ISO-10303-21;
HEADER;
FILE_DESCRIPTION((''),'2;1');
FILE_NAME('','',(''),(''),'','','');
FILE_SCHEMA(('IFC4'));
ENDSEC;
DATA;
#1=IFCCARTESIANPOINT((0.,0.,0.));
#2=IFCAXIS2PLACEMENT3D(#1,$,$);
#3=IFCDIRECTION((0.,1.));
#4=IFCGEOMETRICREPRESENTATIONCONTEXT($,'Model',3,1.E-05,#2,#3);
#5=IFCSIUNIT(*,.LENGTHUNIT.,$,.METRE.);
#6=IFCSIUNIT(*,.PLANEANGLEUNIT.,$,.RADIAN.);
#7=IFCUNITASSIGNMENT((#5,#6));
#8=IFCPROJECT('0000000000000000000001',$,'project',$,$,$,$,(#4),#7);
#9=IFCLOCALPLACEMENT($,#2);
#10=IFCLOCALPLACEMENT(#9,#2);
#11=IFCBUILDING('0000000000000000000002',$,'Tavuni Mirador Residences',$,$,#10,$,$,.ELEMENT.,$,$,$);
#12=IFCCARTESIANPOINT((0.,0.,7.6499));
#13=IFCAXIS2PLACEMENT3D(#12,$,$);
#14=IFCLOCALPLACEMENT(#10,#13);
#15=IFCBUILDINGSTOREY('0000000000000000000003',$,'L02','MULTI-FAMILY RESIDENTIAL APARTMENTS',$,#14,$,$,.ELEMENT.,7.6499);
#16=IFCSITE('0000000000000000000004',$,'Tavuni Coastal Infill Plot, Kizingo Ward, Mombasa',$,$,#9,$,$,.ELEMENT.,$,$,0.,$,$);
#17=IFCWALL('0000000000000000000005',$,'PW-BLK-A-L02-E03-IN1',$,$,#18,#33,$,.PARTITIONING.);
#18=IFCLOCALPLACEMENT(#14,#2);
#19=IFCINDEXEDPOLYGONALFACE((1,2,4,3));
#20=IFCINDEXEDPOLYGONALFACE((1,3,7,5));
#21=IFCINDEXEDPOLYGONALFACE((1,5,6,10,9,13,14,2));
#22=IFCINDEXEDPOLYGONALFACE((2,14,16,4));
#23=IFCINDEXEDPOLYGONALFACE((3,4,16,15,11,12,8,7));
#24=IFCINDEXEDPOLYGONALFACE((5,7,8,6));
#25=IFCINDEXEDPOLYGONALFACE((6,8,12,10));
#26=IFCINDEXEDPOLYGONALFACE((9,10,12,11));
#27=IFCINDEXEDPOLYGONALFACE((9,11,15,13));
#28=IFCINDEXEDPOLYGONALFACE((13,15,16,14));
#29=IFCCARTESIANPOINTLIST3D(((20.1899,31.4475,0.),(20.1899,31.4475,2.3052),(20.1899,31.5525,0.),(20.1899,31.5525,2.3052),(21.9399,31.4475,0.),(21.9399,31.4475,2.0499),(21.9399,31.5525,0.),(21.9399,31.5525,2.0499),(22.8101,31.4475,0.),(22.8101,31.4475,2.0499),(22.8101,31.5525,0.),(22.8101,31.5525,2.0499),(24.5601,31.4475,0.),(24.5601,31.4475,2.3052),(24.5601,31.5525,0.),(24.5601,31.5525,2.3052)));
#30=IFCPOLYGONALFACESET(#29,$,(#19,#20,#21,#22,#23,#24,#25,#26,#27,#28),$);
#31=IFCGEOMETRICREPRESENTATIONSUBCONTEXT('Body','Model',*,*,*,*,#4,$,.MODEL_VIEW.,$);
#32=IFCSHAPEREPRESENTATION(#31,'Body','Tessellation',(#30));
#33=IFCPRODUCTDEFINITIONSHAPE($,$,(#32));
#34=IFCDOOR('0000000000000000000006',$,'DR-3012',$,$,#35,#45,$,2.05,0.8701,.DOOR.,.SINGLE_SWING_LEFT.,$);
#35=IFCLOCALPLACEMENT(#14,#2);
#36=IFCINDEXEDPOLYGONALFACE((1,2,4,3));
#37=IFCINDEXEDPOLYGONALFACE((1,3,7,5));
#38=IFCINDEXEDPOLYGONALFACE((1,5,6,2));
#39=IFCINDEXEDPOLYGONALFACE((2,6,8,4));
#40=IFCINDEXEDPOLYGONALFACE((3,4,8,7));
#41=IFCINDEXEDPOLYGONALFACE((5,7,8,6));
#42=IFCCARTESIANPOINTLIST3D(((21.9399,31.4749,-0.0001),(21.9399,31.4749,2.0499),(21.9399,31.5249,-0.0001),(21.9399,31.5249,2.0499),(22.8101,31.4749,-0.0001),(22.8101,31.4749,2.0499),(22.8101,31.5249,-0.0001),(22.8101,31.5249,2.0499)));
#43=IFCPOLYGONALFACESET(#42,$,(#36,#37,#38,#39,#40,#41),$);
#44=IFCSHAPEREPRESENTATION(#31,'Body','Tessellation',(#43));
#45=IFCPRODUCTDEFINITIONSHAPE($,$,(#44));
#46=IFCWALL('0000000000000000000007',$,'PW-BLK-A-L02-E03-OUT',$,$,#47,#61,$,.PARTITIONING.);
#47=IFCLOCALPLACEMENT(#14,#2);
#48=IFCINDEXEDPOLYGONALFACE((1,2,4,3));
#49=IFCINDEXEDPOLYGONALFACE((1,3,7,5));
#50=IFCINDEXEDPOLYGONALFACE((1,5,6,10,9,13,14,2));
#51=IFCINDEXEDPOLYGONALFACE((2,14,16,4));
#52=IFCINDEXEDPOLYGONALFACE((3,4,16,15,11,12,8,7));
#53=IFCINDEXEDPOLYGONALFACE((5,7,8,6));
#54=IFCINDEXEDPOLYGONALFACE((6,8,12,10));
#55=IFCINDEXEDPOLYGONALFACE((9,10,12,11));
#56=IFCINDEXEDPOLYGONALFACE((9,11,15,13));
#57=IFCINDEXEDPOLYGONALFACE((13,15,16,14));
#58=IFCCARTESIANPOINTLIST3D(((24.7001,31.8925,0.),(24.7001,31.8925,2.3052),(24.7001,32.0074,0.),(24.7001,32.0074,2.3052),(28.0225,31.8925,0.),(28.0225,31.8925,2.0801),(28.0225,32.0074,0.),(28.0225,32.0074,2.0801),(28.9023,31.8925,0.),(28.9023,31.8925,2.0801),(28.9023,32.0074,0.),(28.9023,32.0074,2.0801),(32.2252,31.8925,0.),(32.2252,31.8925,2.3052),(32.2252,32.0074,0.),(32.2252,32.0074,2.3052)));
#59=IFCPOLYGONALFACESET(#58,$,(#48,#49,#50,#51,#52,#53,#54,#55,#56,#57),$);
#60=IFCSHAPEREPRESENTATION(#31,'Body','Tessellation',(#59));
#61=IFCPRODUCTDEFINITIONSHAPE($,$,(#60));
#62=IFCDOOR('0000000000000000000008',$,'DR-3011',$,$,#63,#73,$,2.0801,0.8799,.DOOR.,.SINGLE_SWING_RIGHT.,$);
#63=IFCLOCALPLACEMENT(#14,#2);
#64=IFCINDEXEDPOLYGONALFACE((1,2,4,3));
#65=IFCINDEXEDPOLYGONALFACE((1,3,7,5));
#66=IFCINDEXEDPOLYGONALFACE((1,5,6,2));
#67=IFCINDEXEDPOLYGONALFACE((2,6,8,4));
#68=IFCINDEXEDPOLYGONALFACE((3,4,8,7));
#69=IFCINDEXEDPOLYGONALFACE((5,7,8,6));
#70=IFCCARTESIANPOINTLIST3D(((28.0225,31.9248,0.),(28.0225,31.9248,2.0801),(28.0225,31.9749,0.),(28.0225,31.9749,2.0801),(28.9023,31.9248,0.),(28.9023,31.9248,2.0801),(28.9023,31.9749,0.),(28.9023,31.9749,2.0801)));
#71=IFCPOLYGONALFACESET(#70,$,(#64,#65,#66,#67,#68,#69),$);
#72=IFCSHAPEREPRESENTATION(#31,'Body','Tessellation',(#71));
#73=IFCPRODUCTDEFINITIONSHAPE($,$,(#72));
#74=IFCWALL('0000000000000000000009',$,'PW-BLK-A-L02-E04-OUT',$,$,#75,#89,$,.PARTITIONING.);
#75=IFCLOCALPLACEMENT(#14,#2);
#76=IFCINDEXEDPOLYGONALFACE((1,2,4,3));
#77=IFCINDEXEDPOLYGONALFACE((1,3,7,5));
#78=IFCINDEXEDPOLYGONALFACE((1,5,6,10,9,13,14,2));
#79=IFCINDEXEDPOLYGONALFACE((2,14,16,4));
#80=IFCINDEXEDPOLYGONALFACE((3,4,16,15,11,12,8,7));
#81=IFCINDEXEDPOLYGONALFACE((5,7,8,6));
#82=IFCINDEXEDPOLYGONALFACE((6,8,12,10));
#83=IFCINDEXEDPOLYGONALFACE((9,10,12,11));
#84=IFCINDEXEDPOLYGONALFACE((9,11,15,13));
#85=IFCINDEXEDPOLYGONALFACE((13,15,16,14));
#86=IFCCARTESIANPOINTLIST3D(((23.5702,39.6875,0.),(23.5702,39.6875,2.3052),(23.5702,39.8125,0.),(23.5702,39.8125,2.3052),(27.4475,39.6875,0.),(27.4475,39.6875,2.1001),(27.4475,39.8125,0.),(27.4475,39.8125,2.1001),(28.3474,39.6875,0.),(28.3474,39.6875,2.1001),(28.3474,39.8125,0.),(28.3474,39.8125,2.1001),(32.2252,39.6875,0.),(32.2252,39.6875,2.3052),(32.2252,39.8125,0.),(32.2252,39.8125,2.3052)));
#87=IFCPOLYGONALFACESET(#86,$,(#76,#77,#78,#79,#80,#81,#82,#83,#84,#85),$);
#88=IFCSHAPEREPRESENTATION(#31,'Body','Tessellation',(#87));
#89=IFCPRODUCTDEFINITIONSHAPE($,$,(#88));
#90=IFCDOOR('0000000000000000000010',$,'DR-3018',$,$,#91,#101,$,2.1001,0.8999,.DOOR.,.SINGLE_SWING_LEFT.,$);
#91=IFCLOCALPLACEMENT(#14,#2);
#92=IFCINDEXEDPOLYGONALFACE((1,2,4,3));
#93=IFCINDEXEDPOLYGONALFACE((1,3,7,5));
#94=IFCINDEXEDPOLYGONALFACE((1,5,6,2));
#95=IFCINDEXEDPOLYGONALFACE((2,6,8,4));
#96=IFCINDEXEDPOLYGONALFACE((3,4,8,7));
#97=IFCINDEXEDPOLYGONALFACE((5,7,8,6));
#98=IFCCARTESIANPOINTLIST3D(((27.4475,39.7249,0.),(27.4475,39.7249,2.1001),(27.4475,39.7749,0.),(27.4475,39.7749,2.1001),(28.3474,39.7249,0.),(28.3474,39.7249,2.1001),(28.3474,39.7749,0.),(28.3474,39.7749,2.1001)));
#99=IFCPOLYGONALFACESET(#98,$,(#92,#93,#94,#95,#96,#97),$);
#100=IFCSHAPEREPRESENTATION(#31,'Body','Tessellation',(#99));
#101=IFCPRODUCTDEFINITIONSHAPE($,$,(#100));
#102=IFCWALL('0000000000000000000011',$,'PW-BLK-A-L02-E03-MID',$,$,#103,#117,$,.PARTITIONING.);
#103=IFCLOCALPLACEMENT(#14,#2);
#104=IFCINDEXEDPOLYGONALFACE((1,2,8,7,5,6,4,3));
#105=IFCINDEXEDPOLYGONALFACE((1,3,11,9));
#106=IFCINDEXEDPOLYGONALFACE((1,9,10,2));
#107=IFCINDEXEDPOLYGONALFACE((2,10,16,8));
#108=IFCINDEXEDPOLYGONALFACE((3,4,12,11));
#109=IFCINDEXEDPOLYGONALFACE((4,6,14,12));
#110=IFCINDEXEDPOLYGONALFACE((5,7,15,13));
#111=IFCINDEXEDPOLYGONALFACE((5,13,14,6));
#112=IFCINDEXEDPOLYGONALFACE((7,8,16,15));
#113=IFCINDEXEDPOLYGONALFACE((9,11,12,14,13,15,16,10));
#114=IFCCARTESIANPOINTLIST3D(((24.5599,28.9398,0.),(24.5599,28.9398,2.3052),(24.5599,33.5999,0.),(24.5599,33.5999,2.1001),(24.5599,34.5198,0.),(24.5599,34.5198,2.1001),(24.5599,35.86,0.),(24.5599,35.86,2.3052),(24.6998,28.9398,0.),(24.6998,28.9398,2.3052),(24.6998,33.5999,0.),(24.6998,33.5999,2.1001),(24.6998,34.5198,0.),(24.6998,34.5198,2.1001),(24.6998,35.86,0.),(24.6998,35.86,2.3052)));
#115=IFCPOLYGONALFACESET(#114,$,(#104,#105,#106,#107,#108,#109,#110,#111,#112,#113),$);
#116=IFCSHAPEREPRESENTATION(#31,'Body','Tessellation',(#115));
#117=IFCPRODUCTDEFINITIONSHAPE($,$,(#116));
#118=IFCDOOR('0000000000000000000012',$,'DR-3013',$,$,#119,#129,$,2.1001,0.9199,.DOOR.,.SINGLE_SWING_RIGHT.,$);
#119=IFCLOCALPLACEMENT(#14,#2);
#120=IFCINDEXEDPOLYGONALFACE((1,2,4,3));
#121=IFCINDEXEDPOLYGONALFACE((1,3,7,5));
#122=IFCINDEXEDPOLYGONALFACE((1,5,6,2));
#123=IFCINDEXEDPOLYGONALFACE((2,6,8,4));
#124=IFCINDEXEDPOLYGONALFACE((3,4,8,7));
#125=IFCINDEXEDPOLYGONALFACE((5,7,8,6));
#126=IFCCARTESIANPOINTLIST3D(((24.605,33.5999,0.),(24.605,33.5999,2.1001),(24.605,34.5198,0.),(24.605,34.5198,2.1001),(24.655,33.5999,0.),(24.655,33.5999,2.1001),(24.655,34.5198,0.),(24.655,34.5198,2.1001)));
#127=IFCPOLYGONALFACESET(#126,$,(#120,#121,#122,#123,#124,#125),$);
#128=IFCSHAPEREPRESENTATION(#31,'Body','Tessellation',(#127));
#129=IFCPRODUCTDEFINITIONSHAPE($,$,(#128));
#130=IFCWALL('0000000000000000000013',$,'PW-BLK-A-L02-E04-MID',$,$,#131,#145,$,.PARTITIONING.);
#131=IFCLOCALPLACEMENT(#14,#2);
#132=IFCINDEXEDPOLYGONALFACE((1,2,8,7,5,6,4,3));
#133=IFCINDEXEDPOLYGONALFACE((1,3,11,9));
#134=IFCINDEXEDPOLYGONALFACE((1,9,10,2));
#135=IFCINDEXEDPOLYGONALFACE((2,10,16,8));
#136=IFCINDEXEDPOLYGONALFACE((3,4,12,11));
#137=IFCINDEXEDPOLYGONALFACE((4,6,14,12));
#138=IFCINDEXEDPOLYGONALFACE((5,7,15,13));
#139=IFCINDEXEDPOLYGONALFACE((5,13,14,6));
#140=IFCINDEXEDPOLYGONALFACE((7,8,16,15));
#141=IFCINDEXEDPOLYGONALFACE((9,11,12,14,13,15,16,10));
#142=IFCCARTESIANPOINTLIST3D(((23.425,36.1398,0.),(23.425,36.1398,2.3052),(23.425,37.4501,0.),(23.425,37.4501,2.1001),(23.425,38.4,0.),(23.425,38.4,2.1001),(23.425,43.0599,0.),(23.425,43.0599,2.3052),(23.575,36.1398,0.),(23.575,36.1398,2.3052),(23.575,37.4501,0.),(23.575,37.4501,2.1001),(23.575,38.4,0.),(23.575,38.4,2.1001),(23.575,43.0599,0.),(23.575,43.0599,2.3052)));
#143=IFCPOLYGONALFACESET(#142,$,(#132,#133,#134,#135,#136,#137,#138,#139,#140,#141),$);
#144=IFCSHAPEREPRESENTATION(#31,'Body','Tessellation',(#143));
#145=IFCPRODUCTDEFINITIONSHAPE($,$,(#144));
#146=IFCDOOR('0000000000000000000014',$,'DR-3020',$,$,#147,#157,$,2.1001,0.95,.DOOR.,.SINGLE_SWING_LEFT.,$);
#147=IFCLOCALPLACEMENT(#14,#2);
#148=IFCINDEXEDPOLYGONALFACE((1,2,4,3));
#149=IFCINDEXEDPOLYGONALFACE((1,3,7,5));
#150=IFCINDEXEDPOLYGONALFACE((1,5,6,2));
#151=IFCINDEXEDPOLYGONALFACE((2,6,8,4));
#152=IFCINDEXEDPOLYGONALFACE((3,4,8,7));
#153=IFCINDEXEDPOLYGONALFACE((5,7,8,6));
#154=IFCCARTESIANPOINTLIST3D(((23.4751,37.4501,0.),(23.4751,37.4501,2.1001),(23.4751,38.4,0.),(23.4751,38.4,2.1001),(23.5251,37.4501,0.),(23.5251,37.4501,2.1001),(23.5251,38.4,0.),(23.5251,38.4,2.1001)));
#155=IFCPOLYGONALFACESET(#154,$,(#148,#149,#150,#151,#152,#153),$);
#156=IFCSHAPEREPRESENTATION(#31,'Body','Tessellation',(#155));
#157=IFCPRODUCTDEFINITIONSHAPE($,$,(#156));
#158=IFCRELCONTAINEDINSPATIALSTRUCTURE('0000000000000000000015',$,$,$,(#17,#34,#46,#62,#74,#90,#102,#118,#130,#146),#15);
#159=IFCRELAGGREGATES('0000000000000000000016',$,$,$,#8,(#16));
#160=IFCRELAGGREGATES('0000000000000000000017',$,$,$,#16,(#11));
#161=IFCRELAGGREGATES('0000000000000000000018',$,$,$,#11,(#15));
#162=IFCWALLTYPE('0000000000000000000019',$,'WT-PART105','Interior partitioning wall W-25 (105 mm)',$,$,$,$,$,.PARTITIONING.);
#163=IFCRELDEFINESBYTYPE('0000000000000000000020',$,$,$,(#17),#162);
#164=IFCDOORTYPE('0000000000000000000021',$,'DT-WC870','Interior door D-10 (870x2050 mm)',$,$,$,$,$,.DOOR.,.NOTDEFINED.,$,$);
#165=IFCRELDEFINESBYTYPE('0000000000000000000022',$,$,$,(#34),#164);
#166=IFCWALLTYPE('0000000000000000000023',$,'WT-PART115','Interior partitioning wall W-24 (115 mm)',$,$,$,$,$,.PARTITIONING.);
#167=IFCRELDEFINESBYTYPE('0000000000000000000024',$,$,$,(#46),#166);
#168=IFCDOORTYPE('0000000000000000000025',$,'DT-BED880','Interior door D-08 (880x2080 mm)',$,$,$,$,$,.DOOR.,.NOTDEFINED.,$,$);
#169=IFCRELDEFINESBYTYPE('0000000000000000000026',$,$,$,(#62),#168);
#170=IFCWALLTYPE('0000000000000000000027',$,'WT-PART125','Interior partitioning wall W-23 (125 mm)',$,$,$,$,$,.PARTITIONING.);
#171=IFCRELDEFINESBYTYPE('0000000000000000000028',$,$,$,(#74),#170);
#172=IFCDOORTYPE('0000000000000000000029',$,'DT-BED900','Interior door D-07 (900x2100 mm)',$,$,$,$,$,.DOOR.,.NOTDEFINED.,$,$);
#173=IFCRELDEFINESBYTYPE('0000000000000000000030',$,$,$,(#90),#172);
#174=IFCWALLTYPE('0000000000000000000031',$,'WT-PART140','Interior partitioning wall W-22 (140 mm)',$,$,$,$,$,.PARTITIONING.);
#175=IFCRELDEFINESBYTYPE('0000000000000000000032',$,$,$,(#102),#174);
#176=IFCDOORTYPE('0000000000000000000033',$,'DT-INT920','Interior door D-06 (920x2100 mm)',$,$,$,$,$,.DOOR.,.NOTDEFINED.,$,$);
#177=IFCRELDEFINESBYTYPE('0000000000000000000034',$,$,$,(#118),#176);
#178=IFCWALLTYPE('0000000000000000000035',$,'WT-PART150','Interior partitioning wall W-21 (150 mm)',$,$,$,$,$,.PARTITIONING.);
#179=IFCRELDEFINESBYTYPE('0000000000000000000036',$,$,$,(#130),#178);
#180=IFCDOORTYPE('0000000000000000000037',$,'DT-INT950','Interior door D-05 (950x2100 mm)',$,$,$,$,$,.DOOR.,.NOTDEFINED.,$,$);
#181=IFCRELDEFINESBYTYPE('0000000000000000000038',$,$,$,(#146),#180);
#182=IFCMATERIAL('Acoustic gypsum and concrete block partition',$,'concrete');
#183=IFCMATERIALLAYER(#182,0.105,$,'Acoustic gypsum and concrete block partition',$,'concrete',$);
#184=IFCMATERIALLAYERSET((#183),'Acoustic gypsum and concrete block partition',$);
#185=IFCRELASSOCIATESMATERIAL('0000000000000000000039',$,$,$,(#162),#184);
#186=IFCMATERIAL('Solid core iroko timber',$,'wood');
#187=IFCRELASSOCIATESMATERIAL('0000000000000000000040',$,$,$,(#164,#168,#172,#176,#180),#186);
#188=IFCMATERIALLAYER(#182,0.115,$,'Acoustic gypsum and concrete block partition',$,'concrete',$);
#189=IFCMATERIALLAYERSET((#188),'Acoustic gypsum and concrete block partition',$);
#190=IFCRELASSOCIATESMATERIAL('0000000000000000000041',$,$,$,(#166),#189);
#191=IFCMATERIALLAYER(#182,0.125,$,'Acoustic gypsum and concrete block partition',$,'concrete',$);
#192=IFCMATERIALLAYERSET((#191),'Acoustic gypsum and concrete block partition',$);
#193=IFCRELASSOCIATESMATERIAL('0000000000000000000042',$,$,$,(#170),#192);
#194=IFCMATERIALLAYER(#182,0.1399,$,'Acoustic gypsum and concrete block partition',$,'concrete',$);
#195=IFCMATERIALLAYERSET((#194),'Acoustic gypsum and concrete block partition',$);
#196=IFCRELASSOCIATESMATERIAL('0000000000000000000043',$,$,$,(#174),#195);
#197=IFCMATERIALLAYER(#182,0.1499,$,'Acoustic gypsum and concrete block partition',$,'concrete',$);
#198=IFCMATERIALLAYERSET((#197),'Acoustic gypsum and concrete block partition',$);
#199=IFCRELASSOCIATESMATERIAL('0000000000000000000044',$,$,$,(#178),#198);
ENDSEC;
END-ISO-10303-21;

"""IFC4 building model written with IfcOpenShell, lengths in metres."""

from ifc_helpers import new_model, si_unit, direction, frame, frame_2d, origin, place, context, subcontext, project, spatial, rectangle, extrude, material, layer, layer_set, type_object, element, fill, save


model = new_model("IFC4")

# Units and contexts
model_context = context("Model", 3, precision=1e-05, world=origin(), true_north=direction((0.0, 1.0)))
body_context = subcontext(model_context, "Body", "Model", "MODEL_VIEW")
ifc_project = project(units=[si_unit("LENGTHUNIT", "METRE"), si_unit("PLANEANGLEUNIT", "RADIAN")], contexts=[model_context])

# Site, building, storey
site_placement = place(None, origin())
site = spatial("IfcSite", under=ifc_project, at=site_placement, Name="Tavuni Coastal Infill Plot, Kizingo Ward, Mombasa", CompositionType="ELEMENT", RefElevation=0.0)
building_placement = place(site_placement, origin())
building = spatial("IfcBuilding", under=site, at=building_placement, Name="Tavuni Mirador Residences", CompositionType="ELEMENT")
storey_placement = place(building_placement, frame((0.0, 0.0, 7.6499)))
storey = spatial("IfcBuildingStorey", under=building, at=storey_placement, Name="L02", Description="MULTI-FAMILY RESIDENTIAL APARTMENTS", CompositionType="ELEMENT", Elevation=7.6499)

# Walls, openings, doors
ifc_material_1 = material(Name="Solid core iroko timber", Category="wood")
ifc_material_2 = material(Name="Acoustic gypsum and concrete block partition", Category="concrete")
ifc_layer_1 = layer(ifc_material_2, 0.105, Name="Acoustic gypsum and concrete block partition", Category="concrete")
ifc_layer_set_1 = layer_set([ifc_layer_1], Name="Acoustic gypsum and concrete block partition")
wall_type_1 = type_object("IfcWallType", Name="WT-PART105", Description="Interior partitioning wall W-25 (105 mm)", PredefinedType="PARTITIONING", material=ifc_layer_set_1)
wall_1_placement = place(storey_placement, frame((20.1899, 31.5, 0.0), z_axis=(0.0, 0.0, 1.0), x_axis=(1.0, 0.0, 0.0)))
wall_1 = element("IfcWall", 1, at=wall_1_placement, inside=storey, type_object=wall_type_1, Name="PW-BLK-A-L02-E03-IN1", PredefinedType="PARTITIONING", context=body_context, shape_type="SweptSolid", body=[
    extrude(rectangle(XDim=4.3701, YDim=0.105, at=frame_2d((2.1851, 0.0))), origin(), (0.0, 0.0, 1.0), 2.3052),
])
opening_1_placement = place(wall_1_placement, frame((1.75, 0.0, 0.0)))
opening_1 = element("IfcOpeningElement", 2, at=opening_1_placement, cuts=wall_1, PredefinedType="OPENING", context=body_context, shape_type="SweptSolid", body=[
    extrude(rectangle(XDim=0.8701, YDim=2.05, at=frame_2d((0.4351, 1.0249))), frame((0.0, 0.0625, 0.0), z_axis=(0.0, -1.0, 0.0), x_axis=(1.0, 0.0, 0.0)), (0.0, 0.0, 1.0), 0.125),
])
door_type_1 = type_object("IfcDoorType", Name="DT-WC870", Description="Interior door D-10 (870x2050 mm)", OperationType="NOTDEFINED", PredefinedType="DOOR", material=ifc_material_1)
door_1_placement = place(opening_1_placement, origin())
door_1 = element("IfcDoor", 3, at=door_1_placement, inside=storey, type_object=door_type_1, Name="DR-3012", OperationType="SINGLE_SWING_LEFT", OverallHeight=2.05, OverallWidth=0.8701, PredefinedType="DOOR", context=body_context, shape_type="SweptSolid", body=[
    extrude(rectangle(XDim=0.8701, YDim=2.05, at=frame_2d((0.4351, 1.0249))), frame((0.0, 0.0249, 0.0), z_axis=(0.0, -1.0, 0.0), x_axis=(1.0, 0.0, 0.0)), (0.0, 0.0, 1.0), 0.05),
])
fill(opening_1, door_1)
ifc_layer_2 = layer(ifc_material_2, 0.115, Name="Acoustic gypsum and concrete block partition", Category="concrete")
ifc_layer_set_2 = layer_set([ifc_layer_2], Name="Acoustic gypsum and concrete block partition")
wall_type_2 = type_object("IfcWallType", Name="WT-PART115", Description="Interior partitioning wall W-24 (115 mm)", PredefinedType="PARTITIONING", material=ifc_layer_set_2)
wall_2_placement = place(storey_placement, frame((24.7, 31.95, 0.0), z_axis=(0.0, 0.0, 1.0), x_axis=(1.0, 0.0, 0.0)))
wall_2 = element("IfcWall", 4, at=wall_2_placement, inside=storey, type_object=wall_type_2, Name="PW-BLK-A-L02-E03-OUT", PredefinedType="PARTITIONING", context=body_context, shape_type="SweptSolid", body=[
    extrude(rectangle(XDim=7.5251, YDim=0.115, at=frame_2d((3.7627, 0.0))), origin(), (0.0, 0.0, 1.0), 2.3052),
])
opening_2_placement = place(wall_2_placement, frame((3.3225, 0.0, 0.0)))
opening_2 = element("IfcOpeningElement", 5, at=opening_2_placement, cuts=wall_2, PredefinedType="OPENING", context=body_context, shape_type="SweptSolid", body=[
    extrude(rectangle(XDim=0.8799, YDim=2.0801, at=frame_2d((0.4399, 1.04))), frame((0.0, 0.0674, 0.0), z_axis=(0.0, -1.0, 0.0), x_axis=(1.0, 0.0, 0.0)), (0.0, 0.0, 1.0), 0.135),
])
door_type_2 = type_object("IfcDoorType", Name="DT-BED880", Description="Interior door D-08 (880x2080 mm)", OperationType="NOTDEFINED", PredefinedType="DOOR", material=ifc_material_1)
door_2_placement = place(opening_2_placement, origin())
door_2 = element("IfcDoor", 6, at=door_2_placement, inside=storey, type_object=door_type_2, Name="DR-3011", OperationType="SINGLE_SWING_RIGHT", OverallHeight=2.0801, OverallWidth=0.8799, PredefinedType="DOOR", context=body_context, shape_type="SweptSolid", body=[
    extrude(rectangle(XDim=0.8799, YDim=2.0801, at=frame_2d((0.4399, 1.04))), frame((0.0, 0.0249, 0.0), z_axis=(0.0, -1.0, 0.0), x_axis=(1.0, 0.0, 0.0)), (0.0, 0.0, 1.0), 0.05),
])
fill(opening_2, door_2)
ifc_layer_3 = layer(ifc_material_2, 0.125, Name="Acoustic gypsum and concrete block partition", Category="concrete")
ifc_layer_set_3 = layer_set([ifc_layer_3], Name="Acoustic gypsum and concrete block partition")
wall_type_3 = type_object("IfcWallType", Name="WT-PART125", Description="Interior partitioning wall W-23 (125 mm)", PredefinedType="PARTITIONING", material=ifc_layer_set_3)
wall_3_placement = place(storey_placement, frame((23.5701, 39.75, 0.0), z_axis=(0.0, 0.0, 1.0), x_axis=(1.0, 0.0, 0.0)))
wall_3 = element("IfcWall", 7, at=wall_3_placement, inside=storey, type_object=wall_type_3, Name="PW-BLK-A-L02-E04-OUT", PredefinedType="PARTITIONING", context=body_context, shape_type="SweptSolid", body=[
    extrude(rectangle(XDim=8.655, YDim=0.125, at=frame_2d((4.3276, 0.0))), origin(), (0.0, 0.0, 1.0), 2.3052),
])
opening_3_placement = place(wall_3_placement, frame((3.8774, 0.0, 0.0)))
opening_3 = element("IfcOpeningElement", 8, at=opening_3_placement, cuts=wall_3, PredefinedType="OPENING", context=body_context, shape_type="SweptSolid", body=[
    extrude(rectangle(XDim=0.8999, YDim=2.1001, at=frame_2d((0.45, 1.05))), frame((0.0, 0.0725, 0.0), z_axis=(0.0, -1.0, 0.0), x_axis=(1.0, 0.0, 0.0)), (0.0, 0.0, 1.0), 0.145),
])
door_type_3 = type_object("IfcDoorType", Name="DT-BED900", Description="Interior door D-07 (900x2100 mm)", OperationType="NOTDEFINED", PredefinedType="DOOR", material=ifc_material_1)
door_3_placement = place(opening_3_placement, origin())
door_3 = element("IfcDoor", 9, at=door_3_placement, inside=storey, type_object=door_type_3, Name="DR-3018", OperationType="SINGLE_SWING_LEFT", OverallHeight=2.1001, OverallWidth=0.8999, PredefinedType="DOOR", context=body_context, shape_type="SweptSolid", body=[
    extrude(rectangle(XDim=0.8999, YDim=2.1001, at=frame_2d((0.45, 1.05))), frame((0.0, 0.0249, 0.0), z_axis=(0.0, -1.0, 0.0), x_axis=(1.0, 0.0, 0.0)), (0.0, 0.0, 1.0), 0.05),
])
fill(opening_3, door_3)
ifc_layer_4 = layer(ifc_material_2, 0.1399, Name="Acoustic gypsum and concrete block partition", Category="concrete")
ifc_layer_set_4 = layer_set([ifc_layer_4], Name="Acoustic gypsum and concrete block partition")
wall_type_4 = type_object("IfcWallType", Name="WT-PART140", Description="Interior partitioning wall W-22 (140 mm)", PredefinedType="PARTITIONING", material=ifc_layer_set_4)
wall_4_placement = place(storey_placement, frame((24.6299, 28.9399, 0.0), z_axis=(0.0, 0.0, 1.0), x_axis=(0.0, 1.0, 0.0)))
wall_4 = element("IfcWall", 10, at=wall_4_placement, inside=storey, type_object=wall_type_4, Name="PW-BLK-A-L02-E03-MID", PredefinedType="PARTITIONING", context=body_context, shape_type="SweptSolid", body=[
    extrude(rectangle(XDim=6.9202, YDim=0.1399, at=frame_2d((3.46, 0.0))), origin(), (0.0, 0.0, 1.0), 2.3052),
])
opening_4_placement = place(wall_4_placement, frame((4.6599, 0.0, 0.0)))
opening_4 = element("IfcOpeningElement", 11, at=opening_4_placement, cuts=wall_4, PredefinedType="OPENING", context=body_context, shape_type="SweptSolid", body=[
    extrude(rectangle(XDim=0.9199, YDim=2.1001, at=frame_2d((0.46, 1.05))), frame((0.0, 0.0801, 0.0), z_axis=(0.0, -1.0, 0.0), x_axis=(1.0, 0.0, 0.0)), (0.0, 0.0, 1.0), 0.1599),
])
door_type_4 = type_object("IfcDoorType", Name="DT-INT920", Description="Interior door D-06 (920x2100 mm)", OperationType="NOTDEFINED", PredefinedType="DOOR", material=ifc_material_1)
door_4_placement = place(opening_4_placement, origin())
door_4 = element("IfcDoor", 12, at=door_4_placement, inside=storey, type_object=door_type_4, Name="DR-3013", OperationType="SINGLE_SWING_RIGHT", OverallHeight=2.1001, OverallWidth=0.9199, PredefinedType="DOOR", context=body_context, shape_type="SweptSolid", body=[
    extrude(rectangle(XDim=0.9199, YDim=2.1001, at=frame_2d((0.46, 1.05))), frame((0.0, 0.0249, 0.0), z_axis=(0.0, -1.0, 0.0), x_axis=(1.0, 0.0, 0.0)), (0.0, 0.0, 1.0), 0.05),
])
fill(opening_4, door_4)
ifc_layer_5 = layer(ifc_material_2, 0.1499, Name="Acoustic gypsum and concrete block partition", Category="concrete")
ifc_layer_set_5 = layer_set([ifc_layer_5], Name="Acoustic gypsum and concrete block partition")
wall_type_5 = type_object("IfcWallType", Name="WT-PART150", Description="Interior partitioning wall W-21 (150 mm)", PredefinedType="PARTITIONING", material=ifc_layer_set_5)
wall_5_placement = place(storey_placement, frame((23.5, 36.1399, 0.0), z_axis=(0.0, 0.0, 1.0), x_axis=(0.0, 1.0, 0.0)))
wall_5 = element("IfcWall", 13, at=wall_5_placement, inside=storey, type_object=wall_type_5, Name="PW-BLK-A-L02-E04-MID", PredefinedType="PARTITIONING", context=body_context, shape_type="SweptSolid", body=[
    extrude(rectangle(XDim=6.9202, YDim=0.1499, at=frame_2d((3.46, 0.0))), origin(), (0.0, 0.0, 1.0), 2.3052),
])
opening_5_placement = place(wall_5_placement, frame((1.3101, 0.0, 0.0)))
opening_5 = element("IfcOpeningElement", 14, at=opening_5_placement, cuts=wall_5, PredefinedType="OPENING", context=body_context, shape_type="SweptSolid", body=[
    extrude(rectangle(XDim=0.95, YDim=2.1001, at=frame_2d((0.4751, 1.05))), frame((0.0, 0.085, 0.0), z_axis=(0.0, -1.0, 0.0), x_axis=(1.0, 0.0, 0.0)), (0.0, 0.0, 1.0), 0.1699),
])
door_type_5 = type_object("IfcDoorType", Name="DT-INT950", Description="Interior door D-05 (950x2100 mm)", OperationType="NOTDEFINED", PredefinedType="DOOR", material=ifc_material_1)
door_5_placement = place(opening_5_placement, origin())
door_5 = element("IfcDoor", 15, at=door_5_placement, inside=storey, type_object=door_type_5, Name="DR-3020", OperationType="SINGLE_SWING_LEFT", OverallHeight=2.1001, OverallWidth=0.95, PredefinedType="DOOR", context=body_context, shape_type="SweptSolid", body=[
    extrude(rectangle(XDim=0.95, YDim=2.1001, at=frame_2d((0.4751, 1.05))), frame((0.0, 0.0249, 0.0), z_axis=(0.0, -1.0, 0.0), x_axis=(1.0, 0.0, 0.0)), (0.0, 0.0, 1.0), 0.05),
])
fill(opening_5, door_5)

save(model, "model.ifc")
